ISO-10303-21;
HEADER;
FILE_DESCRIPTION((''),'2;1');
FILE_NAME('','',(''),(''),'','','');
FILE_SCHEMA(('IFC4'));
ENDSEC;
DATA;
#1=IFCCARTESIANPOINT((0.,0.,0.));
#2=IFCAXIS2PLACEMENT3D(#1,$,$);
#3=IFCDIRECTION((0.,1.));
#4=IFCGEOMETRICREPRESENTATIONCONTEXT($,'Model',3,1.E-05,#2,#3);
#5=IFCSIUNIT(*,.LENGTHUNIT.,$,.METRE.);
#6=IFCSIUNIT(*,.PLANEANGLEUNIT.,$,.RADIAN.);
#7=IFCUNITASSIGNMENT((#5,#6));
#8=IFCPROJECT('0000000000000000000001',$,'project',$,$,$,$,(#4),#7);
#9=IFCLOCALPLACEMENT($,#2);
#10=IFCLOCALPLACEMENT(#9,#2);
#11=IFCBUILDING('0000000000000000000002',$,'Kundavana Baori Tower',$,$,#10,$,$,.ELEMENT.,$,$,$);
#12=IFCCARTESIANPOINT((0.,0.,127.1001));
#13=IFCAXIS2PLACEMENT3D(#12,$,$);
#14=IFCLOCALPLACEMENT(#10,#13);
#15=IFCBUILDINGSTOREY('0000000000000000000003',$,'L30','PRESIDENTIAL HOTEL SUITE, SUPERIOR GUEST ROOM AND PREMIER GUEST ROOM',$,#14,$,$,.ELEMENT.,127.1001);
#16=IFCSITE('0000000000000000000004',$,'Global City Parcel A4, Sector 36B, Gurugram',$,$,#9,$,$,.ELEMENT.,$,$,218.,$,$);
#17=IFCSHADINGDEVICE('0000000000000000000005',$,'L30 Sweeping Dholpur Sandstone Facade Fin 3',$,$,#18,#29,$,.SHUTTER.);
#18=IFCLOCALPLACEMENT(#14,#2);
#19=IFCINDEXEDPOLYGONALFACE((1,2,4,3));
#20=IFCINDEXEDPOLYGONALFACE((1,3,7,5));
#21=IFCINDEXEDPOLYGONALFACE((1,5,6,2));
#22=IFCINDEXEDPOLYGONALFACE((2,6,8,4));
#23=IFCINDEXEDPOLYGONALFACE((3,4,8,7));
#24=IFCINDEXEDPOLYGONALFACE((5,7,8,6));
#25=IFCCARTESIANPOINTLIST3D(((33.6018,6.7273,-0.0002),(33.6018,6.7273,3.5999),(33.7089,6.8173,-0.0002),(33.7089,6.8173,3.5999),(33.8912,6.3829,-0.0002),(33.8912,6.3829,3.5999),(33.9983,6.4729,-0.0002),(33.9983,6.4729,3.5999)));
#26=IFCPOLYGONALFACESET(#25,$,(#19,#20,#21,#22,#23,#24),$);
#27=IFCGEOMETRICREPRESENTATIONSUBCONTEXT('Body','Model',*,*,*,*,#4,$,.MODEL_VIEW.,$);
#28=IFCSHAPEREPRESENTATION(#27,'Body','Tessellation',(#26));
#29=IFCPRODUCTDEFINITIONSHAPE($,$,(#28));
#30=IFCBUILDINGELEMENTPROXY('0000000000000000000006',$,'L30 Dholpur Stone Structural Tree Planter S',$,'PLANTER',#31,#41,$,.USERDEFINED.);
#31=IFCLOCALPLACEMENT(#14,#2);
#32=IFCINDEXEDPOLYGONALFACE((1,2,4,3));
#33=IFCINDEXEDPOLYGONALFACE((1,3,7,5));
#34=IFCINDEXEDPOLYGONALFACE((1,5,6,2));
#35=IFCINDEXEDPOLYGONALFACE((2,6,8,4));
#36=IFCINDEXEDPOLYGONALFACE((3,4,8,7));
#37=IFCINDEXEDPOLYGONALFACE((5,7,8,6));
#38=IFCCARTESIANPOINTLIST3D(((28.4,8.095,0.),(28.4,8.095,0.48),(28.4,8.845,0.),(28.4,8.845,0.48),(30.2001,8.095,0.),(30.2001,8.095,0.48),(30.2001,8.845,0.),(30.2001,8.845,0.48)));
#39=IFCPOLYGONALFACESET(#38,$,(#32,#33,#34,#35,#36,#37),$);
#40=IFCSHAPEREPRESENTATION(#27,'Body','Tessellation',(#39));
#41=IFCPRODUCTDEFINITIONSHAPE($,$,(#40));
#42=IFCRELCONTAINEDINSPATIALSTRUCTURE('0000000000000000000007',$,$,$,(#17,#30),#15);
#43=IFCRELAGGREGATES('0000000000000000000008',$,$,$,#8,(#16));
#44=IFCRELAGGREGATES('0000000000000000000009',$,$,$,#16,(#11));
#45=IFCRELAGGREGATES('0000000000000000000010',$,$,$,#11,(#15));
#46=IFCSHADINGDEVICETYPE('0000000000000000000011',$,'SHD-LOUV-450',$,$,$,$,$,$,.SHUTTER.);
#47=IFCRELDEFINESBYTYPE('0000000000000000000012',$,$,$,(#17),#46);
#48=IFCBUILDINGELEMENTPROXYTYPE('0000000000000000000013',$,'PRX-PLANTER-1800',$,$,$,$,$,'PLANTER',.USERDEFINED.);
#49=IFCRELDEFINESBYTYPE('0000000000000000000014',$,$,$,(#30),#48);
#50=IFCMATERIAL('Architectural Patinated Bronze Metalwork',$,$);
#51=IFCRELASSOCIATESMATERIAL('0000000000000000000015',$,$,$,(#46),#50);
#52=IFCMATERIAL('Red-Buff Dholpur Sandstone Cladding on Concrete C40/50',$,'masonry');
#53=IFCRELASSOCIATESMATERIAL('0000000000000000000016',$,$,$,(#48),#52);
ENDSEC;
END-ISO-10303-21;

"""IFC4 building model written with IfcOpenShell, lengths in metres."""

from ifc_helpers import new_model, si_unit, direction, frame, origin, origin_2d, place, context, subcontext, project, spatial, rectangle, extrude, material, type_object, element, save


model = new_model("IFC4")

# Units and contexts
model_context = context("Model", 3, precision=1e-05, world=origin(), true_north=direction((0.0, 1.0)))
body_context = subcontext(model_context, "Body", "Model", "MODEL_VIEW")
ifc_project = project(units=[si_unit("LENGTHUNIT", "METRE"), si_unit("PLANEANGLEUNIT", "RADIAN")], contexts=[model_context])

# Site, building, storey
site_placement = place(None, origin())
site = spatial("IfcSite", under=ifc_project, at=site_placement, Name="Global City Parcel A4, Sector 36B, Gurugram", CompositionType="ELEMENT", RefElevation=218.0)
building_placement = place(site_placement, origin())
building = spatial("IfcBuilding", under=site, at=building_placement, Name="Kundavana Baori Tower", CompositionType="ELEMENT")
storey_placement = place(building_placement, frame((0.0, 0.0, 127.1001)))
storey = spatial("IfcBuildingStorey", under=building, at=storey_placement, Name="L30", Description="PRESIDENTIAL HOTEL SUITE, SUPERIOR GUEST ROOM AND PREMIER GUEST ROOM", CompositionType="ELEMENT", Elevation=127.1001)

# Shading device
ifc_material_1 = material(Name="Architectural Patinated Bronze Metalwork")
shading_device_type_1 = type_object("IfcShadingDeviceType", Name="SHD-LOUV-450", PredefinedType="SHUTTER", material=ifc_material_1)
shading_device_1_placement = place(storey_placement, frame((33.8, 6.6001, -0.0002), z_axis=(0.0, 0.0, 1.0), x_axis=(0.765596, 0.643322, 0.0)))
element("IfcShadingDevice", 1, at=shading_device_1_placement, inside=storey, type_object=shading_device_type_1, Name="L30 Sweeping Dholpur Sandstone Facade Fin 3", PredefinedType="SHUTTER", context=body_context, shape_type="SweptSolid", body=[
    extrude(rectangle(XDim=0.1399, YDim=0.45, at=origin_2d()), origin(), (0.0, 0.0, 1.0), 3.6001),
])

# Building element proxy
ifc_material_2 = material(Name="Red-Buff Dholpur Sandstone Cladding on Concrete C40/50", Category="masonry")
building_element_proxy_type = type_object("IfcBuildingElementProxyType", Name="PRX-PLANTER-1800", ElementType="PLANTER", PredefinedType="USERDEFINED", material=ifc_material_2)
proxy_placement = place(storey_placement, frame((29.3, 8.47, 0.0), z_axis=(0.0, 0.0, 1.0), x_axis=(1.0, 0.0, 0.0)))
element("IfcBuildingElementProxy", 2, at=proxy_placement, inside=storey, type_object=building_element_proxy_type, Name="L30 Dholpur Stone Structural Tree Planter S", ObjectType="PLANTER", PredefinedType="USERDEFINED", context=body_context, shape_type="SweptSolid", body=[
    extrude(rectangle(XDim=1.8, YDim=0.75, at=origin_2d()), origin(), (0.0, 0.0, 1.0), 0.48),
])

save(model, "model.ifc")
